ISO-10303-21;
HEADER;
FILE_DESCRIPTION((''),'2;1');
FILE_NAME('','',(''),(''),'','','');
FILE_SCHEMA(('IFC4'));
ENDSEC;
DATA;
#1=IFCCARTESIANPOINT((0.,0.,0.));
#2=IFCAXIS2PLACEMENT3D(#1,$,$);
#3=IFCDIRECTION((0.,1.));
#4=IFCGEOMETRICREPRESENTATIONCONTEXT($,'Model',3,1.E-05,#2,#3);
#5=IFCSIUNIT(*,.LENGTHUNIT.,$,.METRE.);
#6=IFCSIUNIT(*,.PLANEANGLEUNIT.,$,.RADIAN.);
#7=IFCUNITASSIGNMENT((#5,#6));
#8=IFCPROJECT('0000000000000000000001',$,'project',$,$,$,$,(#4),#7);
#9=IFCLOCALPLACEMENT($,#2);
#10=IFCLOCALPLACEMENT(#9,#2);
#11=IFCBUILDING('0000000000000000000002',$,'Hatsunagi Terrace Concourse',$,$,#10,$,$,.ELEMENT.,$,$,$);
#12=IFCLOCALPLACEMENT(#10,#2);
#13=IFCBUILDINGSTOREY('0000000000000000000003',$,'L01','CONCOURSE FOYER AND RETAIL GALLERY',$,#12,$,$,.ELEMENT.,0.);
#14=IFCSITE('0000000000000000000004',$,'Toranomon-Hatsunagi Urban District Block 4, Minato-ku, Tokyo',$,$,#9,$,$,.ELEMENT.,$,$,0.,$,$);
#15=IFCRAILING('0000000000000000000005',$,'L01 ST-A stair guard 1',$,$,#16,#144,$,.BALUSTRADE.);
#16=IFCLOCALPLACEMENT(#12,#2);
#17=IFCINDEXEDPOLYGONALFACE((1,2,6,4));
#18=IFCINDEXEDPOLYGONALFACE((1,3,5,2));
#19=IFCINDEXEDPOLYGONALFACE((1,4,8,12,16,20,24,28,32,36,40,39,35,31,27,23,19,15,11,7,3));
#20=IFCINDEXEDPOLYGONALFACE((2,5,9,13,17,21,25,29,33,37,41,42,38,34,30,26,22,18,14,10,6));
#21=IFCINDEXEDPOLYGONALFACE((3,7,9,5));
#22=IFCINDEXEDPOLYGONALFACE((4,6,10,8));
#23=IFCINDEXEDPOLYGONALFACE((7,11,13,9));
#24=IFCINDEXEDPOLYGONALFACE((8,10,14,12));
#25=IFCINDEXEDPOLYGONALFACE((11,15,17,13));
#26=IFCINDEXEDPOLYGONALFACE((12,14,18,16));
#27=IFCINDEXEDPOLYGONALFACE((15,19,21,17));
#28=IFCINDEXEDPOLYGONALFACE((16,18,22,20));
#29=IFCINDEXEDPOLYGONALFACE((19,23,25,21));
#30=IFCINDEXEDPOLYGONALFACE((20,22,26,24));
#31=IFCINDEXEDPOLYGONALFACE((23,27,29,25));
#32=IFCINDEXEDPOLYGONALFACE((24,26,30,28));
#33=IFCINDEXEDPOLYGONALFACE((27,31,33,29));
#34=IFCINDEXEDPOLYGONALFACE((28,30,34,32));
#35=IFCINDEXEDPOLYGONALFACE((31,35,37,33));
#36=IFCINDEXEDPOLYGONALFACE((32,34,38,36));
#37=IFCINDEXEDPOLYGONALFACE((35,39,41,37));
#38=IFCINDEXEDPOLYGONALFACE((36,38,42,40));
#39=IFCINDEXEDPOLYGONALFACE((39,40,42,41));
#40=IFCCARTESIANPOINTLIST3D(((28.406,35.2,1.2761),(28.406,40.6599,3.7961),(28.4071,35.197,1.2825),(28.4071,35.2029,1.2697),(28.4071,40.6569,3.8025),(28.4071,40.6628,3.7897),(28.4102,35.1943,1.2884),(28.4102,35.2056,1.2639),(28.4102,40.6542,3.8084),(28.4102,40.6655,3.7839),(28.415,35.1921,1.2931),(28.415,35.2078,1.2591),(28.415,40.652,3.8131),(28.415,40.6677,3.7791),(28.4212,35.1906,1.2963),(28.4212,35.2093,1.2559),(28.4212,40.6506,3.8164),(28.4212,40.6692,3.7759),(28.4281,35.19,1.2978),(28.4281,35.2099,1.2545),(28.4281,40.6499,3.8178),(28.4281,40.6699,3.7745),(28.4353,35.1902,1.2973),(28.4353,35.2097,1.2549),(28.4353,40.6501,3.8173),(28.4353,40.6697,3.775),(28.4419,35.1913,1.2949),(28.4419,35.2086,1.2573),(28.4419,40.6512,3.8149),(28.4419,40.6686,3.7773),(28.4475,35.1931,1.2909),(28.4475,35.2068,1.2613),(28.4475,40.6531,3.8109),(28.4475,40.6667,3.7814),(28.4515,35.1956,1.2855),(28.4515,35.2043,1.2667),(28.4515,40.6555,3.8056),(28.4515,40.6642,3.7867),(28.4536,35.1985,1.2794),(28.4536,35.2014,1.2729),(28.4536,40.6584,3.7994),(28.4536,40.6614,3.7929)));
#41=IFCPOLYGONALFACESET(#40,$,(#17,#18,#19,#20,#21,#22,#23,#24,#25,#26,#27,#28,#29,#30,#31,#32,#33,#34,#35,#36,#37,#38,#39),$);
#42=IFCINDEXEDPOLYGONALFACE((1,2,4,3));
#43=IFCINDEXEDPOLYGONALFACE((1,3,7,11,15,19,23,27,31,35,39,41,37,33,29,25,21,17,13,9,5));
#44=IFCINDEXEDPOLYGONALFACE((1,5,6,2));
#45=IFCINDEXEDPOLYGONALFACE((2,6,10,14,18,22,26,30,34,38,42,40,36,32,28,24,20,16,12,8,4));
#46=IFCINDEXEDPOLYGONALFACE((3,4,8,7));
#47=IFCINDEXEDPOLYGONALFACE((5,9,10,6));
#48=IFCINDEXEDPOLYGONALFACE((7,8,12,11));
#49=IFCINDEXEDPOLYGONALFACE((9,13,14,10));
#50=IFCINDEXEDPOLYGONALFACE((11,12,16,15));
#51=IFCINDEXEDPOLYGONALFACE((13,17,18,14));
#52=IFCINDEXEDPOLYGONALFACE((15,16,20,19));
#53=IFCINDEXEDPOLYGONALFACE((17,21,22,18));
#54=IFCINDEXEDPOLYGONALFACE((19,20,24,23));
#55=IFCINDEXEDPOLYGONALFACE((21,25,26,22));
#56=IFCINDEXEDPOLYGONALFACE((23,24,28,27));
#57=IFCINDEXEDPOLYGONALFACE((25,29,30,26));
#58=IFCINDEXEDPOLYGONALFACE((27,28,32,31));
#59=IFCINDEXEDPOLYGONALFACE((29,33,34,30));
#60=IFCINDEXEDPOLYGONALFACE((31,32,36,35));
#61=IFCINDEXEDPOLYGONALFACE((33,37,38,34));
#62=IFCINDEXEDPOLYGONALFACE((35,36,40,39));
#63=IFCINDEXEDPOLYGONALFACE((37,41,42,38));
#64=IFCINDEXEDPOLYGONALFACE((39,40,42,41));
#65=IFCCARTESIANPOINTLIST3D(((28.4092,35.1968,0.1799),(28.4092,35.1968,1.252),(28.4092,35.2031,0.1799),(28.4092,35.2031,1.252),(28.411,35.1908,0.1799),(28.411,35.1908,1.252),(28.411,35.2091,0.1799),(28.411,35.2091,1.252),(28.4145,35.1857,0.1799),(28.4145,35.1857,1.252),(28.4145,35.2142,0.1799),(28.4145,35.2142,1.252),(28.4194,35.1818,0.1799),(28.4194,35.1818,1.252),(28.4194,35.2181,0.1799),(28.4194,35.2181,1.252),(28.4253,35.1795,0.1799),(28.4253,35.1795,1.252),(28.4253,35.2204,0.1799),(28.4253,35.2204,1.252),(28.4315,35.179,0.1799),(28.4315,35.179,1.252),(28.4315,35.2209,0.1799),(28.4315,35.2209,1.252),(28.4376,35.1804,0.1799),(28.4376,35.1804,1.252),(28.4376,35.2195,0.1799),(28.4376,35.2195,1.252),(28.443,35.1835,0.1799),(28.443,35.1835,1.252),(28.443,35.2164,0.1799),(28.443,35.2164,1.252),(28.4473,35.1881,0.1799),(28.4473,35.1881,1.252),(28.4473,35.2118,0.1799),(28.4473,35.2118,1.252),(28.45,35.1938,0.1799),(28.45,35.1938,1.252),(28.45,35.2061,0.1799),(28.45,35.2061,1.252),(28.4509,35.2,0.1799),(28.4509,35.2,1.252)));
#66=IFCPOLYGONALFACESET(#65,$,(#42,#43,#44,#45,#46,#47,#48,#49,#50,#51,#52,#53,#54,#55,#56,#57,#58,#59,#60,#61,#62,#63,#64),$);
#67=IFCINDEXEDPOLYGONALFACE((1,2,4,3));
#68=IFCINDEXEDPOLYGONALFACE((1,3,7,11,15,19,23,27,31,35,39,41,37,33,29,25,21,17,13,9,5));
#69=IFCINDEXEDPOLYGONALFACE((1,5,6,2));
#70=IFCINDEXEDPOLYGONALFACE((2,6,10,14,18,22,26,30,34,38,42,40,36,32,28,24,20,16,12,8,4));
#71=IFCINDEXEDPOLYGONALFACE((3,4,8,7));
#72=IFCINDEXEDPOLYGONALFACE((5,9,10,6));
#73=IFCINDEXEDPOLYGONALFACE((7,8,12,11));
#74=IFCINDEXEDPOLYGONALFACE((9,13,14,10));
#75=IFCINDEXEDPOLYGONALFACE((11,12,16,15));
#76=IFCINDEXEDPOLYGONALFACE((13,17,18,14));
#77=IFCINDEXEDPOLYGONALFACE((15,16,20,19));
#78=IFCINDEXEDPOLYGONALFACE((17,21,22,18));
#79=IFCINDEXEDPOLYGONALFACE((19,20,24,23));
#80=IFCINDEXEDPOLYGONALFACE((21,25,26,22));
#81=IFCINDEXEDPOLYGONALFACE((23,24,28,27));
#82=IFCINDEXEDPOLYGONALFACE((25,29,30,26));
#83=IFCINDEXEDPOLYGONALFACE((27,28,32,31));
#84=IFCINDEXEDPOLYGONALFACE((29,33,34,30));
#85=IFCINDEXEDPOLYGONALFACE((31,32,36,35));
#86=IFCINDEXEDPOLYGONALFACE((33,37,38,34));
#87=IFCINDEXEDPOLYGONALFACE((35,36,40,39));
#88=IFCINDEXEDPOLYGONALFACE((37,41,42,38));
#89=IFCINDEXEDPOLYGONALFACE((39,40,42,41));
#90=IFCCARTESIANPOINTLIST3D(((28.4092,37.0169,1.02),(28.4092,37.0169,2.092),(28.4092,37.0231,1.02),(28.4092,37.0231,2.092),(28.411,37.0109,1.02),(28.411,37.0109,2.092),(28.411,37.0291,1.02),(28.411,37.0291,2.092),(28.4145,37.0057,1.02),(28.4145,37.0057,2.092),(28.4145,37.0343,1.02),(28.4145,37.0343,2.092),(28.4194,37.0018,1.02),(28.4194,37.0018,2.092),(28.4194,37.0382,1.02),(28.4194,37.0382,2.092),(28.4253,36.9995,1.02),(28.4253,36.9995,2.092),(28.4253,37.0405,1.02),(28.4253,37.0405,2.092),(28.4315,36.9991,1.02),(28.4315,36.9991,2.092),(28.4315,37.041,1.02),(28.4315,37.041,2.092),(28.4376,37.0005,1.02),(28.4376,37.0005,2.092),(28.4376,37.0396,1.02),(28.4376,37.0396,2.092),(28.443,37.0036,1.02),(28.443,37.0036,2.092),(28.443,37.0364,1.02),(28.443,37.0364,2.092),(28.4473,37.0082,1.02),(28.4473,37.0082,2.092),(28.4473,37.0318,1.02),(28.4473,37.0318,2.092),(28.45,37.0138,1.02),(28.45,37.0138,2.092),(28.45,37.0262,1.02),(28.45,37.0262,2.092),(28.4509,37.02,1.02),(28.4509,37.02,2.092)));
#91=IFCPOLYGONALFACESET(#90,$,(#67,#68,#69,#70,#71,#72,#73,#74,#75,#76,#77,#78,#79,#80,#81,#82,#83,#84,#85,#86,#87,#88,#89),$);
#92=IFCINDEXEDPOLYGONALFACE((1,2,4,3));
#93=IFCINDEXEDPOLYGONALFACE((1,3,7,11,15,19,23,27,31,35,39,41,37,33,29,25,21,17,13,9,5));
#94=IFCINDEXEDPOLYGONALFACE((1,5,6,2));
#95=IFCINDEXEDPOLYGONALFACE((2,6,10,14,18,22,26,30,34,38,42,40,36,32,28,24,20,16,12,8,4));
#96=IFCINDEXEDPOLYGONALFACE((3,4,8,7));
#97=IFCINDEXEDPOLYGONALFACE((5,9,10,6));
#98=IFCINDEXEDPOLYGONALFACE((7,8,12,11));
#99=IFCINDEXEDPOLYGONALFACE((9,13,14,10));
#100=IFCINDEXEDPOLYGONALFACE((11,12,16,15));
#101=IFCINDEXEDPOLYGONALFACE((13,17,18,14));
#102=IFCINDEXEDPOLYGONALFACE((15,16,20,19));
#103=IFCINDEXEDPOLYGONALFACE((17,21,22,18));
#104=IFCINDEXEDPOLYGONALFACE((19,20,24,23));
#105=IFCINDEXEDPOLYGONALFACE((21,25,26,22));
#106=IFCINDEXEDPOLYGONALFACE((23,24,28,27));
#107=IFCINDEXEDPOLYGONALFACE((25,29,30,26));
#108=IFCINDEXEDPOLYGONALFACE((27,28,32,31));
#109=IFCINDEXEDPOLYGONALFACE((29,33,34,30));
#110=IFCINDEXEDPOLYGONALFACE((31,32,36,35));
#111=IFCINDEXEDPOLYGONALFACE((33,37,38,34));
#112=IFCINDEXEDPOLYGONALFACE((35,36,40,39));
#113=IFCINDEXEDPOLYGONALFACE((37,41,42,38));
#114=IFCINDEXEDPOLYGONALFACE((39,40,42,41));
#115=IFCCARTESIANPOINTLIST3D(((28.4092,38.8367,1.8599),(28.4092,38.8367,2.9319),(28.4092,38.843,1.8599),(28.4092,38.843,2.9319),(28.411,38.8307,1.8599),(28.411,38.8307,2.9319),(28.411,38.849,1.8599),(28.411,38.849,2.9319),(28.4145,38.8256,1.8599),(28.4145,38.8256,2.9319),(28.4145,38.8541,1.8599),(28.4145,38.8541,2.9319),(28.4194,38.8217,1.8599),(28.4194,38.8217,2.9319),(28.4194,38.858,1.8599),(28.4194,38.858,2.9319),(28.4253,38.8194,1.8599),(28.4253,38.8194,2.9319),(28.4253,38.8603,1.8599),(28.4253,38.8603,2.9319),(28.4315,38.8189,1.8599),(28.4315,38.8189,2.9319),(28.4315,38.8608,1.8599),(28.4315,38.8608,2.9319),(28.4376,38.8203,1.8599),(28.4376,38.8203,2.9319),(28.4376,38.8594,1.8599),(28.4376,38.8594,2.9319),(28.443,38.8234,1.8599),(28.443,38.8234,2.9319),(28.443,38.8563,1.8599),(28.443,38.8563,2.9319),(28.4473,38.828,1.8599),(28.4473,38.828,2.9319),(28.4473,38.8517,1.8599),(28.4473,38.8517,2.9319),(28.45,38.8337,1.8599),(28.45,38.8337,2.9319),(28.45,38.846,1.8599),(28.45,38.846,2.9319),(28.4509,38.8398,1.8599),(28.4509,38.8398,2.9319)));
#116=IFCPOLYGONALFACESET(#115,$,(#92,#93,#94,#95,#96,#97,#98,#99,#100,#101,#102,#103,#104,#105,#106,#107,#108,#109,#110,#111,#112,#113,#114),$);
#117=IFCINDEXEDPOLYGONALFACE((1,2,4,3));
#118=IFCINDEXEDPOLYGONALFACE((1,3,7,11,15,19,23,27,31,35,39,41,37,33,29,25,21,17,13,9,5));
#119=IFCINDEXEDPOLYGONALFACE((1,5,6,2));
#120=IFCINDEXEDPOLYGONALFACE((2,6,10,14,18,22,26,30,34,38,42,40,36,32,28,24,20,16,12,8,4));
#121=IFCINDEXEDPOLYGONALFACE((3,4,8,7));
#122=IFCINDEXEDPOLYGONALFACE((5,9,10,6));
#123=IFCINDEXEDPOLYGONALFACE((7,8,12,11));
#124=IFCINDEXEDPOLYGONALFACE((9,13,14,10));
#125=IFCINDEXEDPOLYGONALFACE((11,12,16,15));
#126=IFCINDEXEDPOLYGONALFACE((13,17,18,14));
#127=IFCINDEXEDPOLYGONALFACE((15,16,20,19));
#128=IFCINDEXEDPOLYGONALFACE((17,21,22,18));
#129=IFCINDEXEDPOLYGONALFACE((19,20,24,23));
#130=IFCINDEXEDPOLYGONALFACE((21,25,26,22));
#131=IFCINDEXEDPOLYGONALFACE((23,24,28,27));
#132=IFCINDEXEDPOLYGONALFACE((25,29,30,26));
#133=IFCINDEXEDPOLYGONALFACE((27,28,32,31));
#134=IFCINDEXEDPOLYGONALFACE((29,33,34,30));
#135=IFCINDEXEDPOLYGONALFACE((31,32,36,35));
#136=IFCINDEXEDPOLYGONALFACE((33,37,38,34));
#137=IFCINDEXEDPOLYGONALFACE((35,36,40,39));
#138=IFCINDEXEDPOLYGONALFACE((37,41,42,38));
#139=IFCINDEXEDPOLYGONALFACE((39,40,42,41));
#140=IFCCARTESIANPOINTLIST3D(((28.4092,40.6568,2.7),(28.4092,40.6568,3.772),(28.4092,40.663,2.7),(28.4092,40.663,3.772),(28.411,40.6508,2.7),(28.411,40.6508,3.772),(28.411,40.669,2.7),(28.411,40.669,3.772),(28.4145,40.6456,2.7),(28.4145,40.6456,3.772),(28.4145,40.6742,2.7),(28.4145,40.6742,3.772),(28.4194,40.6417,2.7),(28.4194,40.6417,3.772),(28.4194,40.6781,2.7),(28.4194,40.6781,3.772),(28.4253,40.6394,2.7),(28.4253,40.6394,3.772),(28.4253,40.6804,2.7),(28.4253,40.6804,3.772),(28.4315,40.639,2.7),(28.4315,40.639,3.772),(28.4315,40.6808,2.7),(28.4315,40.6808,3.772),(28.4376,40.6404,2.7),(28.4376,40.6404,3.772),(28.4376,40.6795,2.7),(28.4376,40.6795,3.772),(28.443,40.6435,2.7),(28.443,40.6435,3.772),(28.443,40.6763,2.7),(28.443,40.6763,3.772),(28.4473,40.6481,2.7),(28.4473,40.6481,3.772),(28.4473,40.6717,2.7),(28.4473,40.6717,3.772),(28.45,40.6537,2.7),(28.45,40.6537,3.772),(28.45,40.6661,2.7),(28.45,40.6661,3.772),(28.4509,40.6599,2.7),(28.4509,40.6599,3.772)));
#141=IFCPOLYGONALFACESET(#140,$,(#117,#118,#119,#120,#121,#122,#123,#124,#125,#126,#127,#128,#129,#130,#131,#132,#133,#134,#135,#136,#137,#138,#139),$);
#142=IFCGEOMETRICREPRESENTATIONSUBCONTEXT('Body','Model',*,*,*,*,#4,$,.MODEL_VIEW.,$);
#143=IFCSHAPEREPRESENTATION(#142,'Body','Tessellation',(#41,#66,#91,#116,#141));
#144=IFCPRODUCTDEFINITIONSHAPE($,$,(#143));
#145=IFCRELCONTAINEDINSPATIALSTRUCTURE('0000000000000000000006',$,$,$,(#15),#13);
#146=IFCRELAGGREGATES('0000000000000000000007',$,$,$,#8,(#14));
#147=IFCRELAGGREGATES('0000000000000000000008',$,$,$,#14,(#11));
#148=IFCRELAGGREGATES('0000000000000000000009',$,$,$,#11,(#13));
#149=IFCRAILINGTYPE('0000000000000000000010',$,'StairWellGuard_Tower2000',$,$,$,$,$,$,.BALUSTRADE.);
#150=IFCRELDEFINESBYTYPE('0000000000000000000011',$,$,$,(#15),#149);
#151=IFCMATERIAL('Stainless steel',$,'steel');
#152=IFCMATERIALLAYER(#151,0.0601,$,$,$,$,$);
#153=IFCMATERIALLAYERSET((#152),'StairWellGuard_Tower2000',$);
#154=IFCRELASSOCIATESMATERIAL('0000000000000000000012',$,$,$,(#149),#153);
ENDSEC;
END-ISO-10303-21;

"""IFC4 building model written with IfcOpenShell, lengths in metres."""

from ifc_helpers import new_model, si_unit, direction, frame, origin, origin_2d, place, context, subcontext, project, spatial, circle, extrude, material, layer, layer_set, type_object, element, save


model = new_model("IFC4")

# Units and contexts
model_context = context("Model", 3, precision=1e-05, world=origin(), true_north=direction((0.0, 1.0)))
body_context = subcontext(model_context, "Body", "Model", "MODEL_VIEW")
ifc_project = project(units=[si_unit("LENGTHUNIT", "METRE"), si_unit("PLANEANGLEUNIT", "RADIAN")], contexts=[model_context])

# Site, building, storey
site_placement = place(None, origin())
site = spatial("IfcSite", under=ifc_project, at=site_placement, Name="Toranomon-Hatsunagi Urban District Block 4, Minato-ku, Tokyo", CompositionType="ELEMENT", RefElevation=0.0)
building_placement = place(site_placement, origin())
building = spatial("IfcBuilding", under=site, at=building_placement, Name="Hatsunagi Terrace Concourse", CompositionType="ELEMENT")
storey_placement = place(building_placement, origin())
storey = spatial("IfcBuildingStorey", under=building, at=storey_placement, Name="L01", Description="CONCOURSE FOYER AND RETAIL GALLERY", CompositionType="ELEMENT", Elevation=0.0)

# Railing
ifc_material_1 = material(Name="Stainless steel", Category="steel")
ifc_layer_1 = layer(ifc_material_1, 0.0601)
ifc_layer_set_1 = layer_set([ifc_layer_1], Name="StairWellGuard_Tower2000")
railing_type_1 = type_object("IfcRailingType", Name="StairWellGuard_Tower2000", PredefinedType="BALUSTRADE", material=ifc_layer_set_1)
railing_1_placement = place(storey_placement, frame((28.4299, 35.2, 0.1799)))
element("IfcRailing", 1, at=railing_1_placement, inside=storey, type_object=railing_type_1, Name="L01 ST-A stair guard 1", PredefinedType="BALUSTRADE", context=body_context, shape_type="SweptSolid", body=[
    extrude(circle(Radius=0.0239, at=origin_2d()), frame((0.0, 0.0, 1.0962), z_axis=(0.0, 0.907957, 0.419063), x_axis=(-1.0, 0.0, 0.0)), (0.0, 0.0, 1.0), 6.0134),
    extrude(circle(Radius=0.021, at=origin_2d()), origin(), (0.0, 0.0, 1.0), 1.072),
    extrude(circle(Radius=0.021, at=origin_2d()), frame((0.0, 1.8201, 0.8401)), (0.0, 0.0, 1.0), 1.072),
    extrude(circle(Radius=0.021, at=origin_2d()), frame((0.0, 3.6399, 1.6799)), (0.0, 0.0, 1.0), 1.072),
    extrude(circle(Radius=0.021, at=origin_2d()), frame((0.0, 5.46, 2.52)), (0.0, 0.0, 1.0), 1.072),
])

save(model, "model.ifc")
